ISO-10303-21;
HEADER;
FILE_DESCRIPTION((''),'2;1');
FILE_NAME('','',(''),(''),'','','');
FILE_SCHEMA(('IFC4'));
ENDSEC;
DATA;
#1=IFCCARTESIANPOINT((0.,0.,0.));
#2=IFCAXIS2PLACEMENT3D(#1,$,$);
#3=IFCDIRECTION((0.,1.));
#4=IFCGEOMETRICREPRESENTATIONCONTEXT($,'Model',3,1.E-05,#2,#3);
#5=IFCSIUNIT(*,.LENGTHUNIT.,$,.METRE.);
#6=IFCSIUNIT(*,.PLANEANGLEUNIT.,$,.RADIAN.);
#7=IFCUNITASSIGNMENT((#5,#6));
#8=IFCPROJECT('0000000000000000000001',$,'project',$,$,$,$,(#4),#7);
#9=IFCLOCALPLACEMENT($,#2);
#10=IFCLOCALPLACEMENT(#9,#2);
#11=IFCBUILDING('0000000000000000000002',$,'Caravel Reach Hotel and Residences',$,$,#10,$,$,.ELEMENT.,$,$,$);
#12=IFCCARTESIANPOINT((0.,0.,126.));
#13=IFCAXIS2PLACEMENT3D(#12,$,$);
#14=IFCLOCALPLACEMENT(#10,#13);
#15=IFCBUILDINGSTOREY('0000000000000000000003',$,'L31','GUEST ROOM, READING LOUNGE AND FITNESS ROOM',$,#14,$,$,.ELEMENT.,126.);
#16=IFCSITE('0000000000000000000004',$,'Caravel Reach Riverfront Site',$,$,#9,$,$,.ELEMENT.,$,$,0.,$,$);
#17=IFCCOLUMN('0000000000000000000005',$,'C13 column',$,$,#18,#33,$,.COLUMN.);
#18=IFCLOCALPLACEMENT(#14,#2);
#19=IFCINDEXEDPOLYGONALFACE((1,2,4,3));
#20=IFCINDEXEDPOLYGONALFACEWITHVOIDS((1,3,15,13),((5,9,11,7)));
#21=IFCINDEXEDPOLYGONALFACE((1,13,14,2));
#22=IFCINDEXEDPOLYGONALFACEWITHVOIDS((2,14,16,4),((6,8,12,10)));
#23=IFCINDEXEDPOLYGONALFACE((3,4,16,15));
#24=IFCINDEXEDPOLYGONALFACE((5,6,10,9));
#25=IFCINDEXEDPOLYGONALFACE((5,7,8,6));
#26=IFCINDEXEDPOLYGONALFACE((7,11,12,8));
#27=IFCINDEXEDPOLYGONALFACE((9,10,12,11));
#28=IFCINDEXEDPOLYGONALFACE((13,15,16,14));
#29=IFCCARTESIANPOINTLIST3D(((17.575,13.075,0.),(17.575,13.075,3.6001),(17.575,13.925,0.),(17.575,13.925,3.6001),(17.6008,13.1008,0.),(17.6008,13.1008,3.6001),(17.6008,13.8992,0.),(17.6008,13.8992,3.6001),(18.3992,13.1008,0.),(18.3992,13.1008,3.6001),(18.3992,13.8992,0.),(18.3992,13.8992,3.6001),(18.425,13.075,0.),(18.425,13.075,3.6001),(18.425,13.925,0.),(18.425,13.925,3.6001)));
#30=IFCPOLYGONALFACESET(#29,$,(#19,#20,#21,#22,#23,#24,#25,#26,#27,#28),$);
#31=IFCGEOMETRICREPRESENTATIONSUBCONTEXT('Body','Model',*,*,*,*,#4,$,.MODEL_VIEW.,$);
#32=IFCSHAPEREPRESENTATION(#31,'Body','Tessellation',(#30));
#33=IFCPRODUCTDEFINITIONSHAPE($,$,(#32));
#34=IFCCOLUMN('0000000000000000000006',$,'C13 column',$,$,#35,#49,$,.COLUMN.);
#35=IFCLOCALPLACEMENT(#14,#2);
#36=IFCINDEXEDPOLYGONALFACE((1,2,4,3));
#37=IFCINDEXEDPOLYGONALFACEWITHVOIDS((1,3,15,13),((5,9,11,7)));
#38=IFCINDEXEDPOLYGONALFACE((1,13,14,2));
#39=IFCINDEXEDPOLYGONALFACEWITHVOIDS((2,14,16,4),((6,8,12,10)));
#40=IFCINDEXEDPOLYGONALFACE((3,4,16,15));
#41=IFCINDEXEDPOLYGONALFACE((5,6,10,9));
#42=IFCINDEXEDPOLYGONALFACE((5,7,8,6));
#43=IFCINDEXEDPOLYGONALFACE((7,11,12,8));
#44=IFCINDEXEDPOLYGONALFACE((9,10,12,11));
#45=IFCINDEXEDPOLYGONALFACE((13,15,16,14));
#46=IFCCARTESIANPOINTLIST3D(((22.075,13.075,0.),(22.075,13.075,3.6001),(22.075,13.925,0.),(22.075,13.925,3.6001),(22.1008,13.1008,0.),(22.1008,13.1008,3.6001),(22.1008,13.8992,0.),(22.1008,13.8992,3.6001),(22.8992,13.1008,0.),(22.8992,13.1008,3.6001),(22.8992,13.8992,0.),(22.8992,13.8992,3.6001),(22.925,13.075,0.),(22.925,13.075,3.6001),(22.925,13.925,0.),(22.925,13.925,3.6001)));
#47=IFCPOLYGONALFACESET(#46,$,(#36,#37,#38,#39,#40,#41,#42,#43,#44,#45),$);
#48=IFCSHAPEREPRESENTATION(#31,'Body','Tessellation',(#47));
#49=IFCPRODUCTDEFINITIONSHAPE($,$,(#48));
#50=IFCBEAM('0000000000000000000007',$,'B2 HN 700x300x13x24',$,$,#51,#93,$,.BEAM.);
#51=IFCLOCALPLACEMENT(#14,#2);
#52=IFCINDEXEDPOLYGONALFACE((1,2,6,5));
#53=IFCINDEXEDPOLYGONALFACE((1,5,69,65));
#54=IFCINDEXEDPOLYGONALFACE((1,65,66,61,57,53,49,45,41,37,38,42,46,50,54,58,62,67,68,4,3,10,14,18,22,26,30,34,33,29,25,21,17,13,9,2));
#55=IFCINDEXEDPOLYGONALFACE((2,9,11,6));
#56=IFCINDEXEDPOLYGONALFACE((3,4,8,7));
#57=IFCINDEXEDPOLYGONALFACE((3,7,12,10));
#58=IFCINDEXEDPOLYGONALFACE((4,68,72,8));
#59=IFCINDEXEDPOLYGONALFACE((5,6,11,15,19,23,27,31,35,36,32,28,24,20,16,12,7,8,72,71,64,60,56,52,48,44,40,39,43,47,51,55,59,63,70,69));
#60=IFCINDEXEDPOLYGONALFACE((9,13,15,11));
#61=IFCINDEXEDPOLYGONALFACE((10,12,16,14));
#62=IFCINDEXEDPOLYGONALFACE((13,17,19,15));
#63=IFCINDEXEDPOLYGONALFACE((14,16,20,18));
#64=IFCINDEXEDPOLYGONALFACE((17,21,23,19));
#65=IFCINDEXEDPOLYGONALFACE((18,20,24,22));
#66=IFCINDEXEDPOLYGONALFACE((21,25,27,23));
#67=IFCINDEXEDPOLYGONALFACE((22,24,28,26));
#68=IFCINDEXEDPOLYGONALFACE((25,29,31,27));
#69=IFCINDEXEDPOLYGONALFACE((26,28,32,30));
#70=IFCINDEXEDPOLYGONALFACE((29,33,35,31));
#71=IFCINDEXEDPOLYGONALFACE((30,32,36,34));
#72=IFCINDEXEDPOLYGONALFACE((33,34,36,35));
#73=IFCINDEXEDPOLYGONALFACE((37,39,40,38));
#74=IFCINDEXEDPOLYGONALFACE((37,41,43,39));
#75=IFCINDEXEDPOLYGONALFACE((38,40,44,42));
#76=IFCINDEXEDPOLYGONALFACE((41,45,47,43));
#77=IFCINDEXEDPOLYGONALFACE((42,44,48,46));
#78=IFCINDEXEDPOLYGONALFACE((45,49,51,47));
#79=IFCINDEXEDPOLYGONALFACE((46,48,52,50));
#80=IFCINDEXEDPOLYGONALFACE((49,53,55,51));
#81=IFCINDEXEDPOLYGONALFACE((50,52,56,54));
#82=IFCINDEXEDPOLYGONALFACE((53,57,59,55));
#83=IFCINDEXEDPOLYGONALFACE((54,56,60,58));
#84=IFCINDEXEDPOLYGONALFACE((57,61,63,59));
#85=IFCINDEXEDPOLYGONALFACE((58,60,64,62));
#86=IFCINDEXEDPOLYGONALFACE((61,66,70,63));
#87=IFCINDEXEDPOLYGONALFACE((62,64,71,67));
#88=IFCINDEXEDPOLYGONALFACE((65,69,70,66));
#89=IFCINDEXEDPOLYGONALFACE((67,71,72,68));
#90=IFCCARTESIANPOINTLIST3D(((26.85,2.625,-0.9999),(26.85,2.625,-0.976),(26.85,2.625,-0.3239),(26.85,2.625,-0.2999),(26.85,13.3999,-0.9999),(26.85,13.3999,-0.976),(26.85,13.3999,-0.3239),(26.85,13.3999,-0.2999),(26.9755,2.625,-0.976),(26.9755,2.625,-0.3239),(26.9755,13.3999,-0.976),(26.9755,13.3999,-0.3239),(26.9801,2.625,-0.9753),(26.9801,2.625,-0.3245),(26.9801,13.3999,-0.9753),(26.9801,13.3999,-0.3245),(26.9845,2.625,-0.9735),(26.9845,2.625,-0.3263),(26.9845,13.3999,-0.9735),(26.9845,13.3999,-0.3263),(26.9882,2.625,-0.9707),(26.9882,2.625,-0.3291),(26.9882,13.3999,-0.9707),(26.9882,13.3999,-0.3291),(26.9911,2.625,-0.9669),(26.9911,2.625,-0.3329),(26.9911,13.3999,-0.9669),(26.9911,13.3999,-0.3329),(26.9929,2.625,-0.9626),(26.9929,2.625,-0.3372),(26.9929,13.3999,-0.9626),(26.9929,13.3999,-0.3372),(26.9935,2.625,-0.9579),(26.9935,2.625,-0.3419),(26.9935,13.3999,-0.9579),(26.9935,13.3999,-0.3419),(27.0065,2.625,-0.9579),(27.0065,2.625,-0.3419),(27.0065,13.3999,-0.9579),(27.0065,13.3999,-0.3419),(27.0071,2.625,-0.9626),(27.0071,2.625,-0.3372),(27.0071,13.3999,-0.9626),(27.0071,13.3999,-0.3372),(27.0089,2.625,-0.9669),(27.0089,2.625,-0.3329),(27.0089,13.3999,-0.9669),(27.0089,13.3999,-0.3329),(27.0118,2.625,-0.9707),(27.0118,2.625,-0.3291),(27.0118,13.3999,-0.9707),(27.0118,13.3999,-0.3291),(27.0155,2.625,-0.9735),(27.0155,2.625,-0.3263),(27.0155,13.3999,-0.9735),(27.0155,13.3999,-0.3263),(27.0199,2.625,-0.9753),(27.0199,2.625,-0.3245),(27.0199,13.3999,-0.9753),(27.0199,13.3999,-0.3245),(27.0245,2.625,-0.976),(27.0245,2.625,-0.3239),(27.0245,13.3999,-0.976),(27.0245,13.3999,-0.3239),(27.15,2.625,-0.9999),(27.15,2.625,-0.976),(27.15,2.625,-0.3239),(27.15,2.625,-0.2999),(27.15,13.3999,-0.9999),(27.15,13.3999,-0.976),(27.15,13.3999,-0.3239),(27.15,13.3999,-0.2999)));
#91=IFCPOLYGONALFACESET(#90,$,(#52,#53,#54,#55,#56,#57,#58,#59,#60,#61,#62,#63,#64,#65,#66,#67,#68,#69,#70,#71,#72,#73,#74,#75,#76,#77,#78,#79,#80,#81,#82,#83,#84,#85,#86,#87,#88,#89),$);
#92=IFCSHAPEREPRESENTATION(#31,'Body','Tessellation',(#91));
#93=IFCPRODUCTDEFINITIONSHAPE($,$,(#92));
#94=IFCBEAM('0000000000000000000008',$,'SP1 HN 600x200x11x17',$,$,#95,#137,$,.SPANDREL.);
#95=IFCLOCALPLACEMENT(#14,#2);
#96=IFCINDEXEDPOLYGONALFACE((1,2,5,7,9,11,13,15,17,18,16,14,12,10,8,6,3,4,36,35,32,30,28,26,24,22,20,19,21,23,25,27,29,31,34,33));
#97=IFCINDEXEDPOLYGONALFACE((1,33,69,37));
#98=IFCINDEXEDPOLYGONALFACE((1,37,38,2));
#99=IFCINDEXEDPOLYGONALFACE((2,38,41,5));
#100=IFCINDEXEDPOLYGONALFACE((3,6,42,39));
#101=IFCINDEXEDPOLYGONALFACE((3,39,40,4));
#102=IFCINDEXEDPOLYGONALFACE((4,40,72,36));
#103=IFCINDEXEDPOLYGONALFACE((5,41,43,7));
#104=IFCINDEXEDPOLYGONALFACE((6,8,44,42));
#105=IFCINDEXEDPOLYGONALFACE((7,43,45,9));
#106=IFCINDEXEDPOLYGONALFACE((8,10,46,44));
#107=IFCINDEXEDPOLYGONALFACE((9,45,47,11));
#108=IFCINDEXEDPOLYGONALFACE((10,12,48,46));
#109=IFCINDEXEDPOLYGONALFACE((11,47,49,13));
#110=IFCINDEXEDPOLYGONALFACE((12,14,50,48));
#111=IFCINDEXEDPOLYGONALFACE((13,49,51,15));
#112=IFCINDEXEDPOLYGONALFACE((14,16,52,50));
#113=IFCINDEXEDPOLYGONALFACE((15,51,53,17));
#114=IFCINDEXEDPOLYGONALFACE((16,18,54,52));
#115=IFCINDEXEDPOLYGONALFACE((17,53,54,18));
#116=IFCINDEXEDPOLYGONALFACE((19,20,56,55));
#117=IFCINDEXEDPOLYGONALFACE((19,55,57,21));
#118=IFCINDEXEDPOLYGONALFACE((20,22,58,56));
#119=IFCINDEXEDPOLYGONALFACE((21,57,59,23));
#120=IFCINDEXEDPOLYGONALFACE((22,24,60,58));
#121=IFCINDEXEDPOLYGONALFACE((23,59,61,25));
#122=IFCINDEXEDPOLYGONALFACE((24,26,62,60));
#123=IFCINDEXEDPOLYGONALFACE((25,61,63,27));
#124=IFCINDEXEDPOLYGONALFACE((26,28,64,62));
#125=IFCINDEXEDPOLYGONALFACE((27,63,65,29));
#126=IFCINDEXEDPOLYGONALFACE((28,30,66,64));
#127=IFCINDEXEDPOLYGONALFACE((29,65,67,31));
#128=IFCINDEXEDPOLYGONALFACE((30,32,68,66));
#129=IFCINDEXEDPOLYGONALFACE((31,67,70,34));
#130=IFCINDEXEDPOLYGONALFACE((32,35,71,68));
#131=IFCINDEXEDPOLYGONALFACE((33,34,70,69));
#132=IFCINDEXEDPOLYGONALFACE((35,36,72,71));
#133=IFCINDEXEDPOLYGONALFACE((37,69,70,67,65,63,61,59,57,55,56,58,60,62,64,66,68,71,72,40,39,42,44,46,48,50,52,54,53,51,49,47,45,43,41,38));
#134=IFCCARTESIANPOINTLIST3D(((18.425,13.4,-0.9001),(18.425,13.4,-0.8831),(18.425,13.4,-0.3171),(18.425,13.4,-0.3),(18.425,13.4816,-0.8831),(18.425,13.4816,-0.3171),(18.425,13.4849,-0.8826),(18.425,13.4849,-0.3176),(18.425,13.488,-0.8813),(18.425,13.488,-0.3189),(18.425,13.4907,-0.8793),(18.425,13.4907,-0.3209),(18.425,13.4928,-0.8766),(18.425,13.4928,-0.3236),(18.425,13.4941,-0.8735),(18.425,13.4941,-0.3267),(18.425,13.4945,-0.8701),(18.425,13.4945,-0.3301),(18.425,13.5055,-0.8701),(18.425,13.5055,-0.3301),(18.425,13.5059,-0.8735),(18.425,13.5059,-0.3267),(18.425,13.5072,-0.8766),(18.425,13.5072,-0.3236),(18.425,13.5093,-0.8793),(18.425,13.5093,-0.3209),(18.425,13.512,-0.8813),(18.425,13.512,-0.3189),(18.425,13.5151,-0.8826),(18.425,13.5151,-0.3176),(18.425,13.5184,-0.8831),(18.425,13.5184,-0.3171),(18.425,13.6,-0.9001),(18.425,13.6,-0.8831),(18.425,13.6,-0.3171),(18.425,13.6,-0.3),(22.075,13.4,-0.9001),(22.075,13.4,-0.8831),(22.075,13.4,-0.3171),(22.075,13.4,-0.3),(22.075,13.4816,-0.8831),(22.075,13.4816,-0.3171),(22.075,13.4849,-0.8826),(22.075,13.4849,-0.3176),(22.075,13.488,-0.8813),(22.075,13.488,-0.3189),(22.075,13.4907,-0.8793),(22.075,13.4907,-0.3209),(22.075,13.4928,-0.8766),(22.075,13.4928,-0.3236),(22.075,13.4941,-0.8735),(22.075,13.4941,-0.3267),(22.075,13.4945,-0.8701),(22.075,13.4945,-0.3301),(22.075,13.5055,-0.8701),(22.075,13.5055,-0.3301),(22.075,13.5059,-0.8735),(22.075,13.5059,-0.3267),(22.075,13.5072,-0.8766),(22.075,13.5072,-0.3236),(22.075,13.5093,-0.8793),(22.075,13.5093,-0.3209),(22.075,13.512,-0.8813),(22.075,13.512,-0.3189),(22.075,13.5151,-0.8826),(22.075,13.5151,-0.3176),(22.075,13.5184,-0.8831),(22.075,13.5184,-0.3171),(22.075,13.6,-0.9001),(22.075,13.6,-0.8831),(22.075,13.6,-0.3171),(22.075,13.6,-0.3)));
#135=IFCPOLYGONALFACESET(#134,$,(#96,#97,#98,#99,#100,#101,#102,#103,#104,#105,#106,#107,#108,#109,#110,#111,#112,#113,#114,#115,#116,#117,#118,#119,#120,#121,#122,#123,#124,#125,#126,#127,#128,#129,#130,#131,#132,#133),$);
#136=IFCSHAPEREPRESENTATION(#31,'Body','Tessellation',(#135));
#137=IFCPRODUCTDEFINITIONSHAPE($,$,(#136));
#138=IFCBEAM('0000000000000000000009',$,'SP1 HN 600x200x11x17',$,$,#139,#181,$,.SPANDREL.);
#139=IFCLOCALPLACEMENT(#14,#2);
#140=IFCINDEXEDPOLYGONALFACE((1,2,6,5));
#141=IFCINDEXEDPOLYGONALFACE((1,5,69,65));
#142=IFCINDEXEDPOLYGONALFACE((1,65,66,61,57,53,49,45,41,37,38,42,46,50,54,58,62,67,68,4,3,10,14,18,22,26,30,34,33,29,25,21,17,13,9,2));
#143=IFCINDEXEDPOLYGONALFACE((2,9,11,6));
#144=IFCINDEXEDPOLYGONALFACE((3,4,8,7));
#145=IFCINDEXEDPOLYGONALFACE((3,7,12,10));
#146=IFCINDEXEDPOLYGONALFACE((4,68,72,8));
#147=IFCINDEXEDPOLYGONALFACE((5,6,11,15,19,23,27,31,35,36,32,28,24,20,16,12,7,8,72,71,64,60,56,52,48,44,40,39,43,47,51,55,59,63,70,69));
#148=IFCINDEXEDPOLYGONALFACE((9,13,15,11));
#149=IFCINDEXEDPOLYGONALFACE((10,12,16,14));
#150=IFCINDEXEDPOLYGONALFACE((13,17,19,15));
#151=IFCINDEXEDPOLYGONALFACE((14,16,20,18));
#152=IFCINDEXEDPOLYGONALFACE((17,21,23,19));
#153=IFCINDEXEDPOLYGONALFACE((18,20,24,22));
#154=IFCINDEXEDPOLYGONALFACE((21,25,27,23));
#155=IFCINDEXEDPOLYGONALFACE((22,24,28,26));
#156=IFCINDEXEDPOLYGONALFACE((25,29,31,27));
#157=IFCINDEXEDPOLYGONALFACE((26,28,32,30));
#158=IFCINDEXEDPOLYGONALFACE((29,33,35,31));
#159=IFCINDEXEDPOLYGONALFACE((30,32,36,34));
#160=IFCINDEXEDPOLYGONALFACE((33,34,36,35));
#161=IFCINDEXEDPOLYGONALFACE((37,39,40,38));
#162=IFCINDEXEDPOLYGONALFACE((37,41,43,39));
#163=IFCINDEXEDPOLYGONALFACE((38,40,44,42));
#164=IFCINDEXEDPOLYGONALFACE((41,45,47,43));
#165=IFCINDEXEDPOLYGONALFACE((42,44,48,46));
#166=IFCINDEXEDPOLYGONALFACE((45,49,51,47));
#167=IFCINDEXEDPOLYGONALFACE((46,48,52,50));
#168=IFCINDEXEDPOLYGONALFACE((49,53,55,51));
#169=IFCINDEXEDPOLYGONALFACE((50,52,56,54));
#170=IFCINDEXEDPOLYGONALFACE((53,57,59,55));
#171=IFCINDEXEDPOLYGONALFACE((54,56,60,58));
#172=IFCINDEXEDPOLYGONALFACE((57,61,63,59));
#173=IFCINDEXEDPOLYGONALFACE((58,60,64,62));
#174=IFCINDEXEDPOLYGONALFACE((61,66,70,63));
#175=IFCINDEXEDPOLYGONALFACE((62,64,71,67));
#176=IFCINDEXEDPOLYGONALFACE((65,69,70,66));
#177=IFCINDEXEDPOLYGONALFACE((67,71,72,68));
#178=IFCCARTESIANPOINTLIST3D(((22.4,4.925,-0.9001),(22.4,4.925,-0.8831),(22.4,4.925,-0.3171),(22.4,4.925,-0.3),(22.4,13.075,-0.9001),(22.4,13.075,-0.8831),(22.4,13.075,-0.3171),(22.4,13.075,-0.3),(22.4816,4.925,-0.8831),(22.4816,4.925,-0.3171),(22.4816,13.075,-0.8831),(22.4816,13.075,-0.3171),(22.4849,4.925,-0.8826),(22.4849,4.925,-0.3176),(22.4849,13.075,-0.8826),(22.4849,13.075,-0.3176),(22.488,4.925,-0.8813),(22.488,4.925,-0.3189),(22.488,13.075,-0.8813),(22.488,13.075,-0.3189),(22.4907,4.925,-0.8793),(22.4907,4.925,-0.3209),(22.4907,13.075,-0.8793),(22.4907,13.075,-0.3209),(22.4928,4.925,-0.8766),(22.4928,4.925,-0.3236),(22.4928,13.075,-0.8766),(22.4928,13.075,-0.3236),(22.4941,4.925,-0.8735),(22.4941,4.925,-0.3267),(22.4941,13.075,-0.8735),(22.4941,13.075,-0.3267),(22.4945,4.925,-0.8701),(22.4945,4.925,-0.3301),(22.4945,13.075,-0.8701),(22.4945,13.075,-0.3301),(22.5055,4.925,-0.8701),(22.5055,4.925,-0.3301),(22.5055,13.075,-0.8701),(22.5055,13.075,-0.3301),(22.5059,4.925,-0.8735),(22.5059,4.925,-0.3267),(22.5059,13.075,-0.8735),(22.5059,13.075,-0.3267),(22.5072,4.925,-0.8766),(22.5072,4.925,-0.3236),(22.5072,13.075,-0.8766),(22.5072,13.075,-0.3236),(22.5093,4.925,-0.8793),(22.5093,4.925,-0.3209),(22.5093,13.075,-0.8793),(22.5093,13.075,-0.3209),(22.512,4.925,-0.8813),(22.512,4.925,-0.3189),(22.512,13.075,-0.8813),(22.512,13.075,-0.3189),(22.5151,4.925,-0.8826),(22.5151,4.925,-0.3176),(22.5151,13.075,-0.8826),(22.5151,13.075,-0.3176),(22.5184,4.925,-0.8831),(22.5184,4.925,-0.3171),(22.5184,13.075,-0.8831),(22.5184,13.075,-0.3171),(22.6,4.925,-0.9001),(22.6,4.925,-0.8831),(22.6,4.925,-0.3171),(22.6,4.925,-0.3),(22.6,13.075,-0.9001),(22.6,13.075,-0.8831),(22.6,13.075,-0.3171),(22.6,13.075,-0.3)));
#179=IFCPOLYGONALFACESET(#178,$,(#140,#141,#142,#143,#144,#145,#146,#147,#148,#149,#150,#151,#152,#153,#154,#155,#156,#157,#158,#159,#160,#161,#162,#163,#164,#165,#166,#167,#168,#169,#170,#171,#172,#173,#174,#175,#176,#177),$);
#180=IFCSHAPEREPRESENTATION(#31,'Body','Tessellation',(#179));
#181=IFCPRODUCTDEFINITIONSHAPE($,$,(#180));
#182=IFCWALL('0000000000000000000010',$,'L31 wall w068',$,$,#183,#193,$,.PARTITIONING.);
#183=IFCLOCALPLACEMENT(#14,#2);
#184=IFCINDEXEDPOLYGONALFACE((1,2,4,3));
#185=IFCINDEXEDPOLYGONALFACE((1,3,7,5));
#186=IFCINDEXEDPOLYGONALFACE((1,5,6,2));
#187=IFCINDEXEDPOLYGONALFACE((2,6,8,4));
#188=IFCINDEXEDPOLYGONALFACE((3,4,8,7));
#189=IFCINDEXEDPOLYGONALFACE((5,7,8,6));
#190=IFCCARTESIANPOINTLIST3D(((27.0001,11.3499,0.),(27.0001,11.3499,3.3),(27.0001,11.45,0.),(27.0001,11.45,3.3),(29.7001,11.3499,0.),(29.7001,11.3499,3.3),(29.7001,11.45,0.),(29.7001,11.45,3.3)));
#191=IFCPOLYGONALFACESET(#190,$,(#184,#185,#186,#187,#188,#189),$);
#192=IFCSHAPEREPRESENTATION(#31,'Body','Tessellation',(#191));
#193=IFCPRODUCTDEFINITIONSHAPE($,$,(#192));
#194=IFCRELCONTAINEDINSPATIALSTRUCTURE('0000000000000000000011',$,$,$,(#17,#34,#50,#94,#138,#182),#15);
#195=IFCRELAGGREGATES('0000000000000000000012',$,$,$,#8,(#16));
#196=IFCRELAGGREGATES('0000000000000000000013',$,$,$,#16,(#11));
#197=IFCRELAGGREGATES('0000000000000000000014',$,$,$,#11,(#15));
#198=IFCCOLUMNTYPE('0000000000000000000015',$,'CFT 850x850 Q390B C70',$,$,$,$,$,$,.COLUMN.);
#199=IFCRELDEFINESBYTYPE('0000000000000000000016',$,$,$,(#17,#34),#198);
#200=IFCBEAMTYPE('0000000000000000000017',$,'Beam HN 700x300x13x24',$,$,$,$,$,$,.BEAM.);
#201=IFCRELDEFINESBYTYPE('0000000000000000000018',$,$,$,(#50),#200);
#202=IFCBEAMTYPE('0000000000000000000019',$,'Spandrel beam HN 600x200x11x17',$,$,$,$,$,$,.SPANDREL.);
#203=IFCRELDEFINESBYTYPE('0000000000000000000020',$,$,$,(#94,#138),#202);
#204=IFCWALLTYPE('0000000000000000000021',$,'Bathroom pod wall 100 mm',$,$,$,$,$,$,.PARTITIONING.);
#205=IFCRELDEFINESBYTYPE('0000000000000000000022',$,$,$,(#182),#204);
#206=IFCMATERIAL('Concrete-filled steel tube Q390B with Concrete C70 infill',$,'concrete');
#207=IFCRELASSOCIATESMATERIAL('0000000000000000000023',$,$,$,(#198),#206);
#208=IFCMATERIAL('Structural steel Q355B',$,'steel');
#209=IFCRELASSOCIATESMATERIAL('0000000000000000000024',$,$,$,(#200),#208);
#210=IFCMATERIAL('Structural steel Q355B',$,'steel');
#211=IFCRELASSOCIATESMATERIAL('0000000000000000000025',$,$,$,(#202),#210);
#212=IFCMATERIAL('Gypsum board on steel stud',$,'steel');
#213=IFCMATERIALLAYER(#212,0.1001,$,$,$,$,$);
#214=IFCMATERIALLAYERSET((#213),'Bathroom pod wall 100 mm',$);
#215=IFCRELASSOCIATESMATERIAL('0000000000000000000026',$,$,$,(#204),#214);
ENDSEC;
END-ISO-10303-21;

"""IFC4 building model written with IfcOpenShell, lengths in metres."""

from ifc_helpers import new_model, si_unit, direction, frame, frame_2d, origin, origin_2d, place, context, subcontext, project, spatial, rectangle, hollow_rectangle, i_section, extrude, material, layer, layer_set, material_profile, profile_set, type_object, element, save


model = new_model("IFC4")

# Units and contexts
model_context = context("Model", 3, precision=1e-05, world=origin(), true_north=direction((0.0, 1.0)))
body_context = subcontext(model_context, "Body", "Model", "MODEL_VIEW")
ifc_project = project(units=[si_unit("LENGTHUNIT", "METRE"), si_unit("PLANEANGLEUNIT", "RADIAN")], contexts=[model_context])

# Site, building, storey
site_placement = place(None, origin())
site = spatial("IfcSite", under=ifc_project, at=site_placement, Name="Caravel Reach Riverfront Site", CompositionType="ELEMENT", RefElevation=0.0)
building_placement = place(site_placement, origin())
building = spatial("IfcBuilding", under=site, at=building_placement, Name="Caravel Reach Hotel and Residences", CompositionType="ELEMENT")
storey_placement = place(building_placement, frame((0.0, 0.0, 126.0)))
storey = spatial("IfcBuildingStorey", under=building, at=storey_placement, Name="L31", Description="GUEST ROOM, READING LOUNGE AND FITNESS ROOM", CompositionType="ELEMENT", Elevation=126.0)

# Columns
ifc_material_1 = material(Name="Concrete-filled steel tube Q390B with Concrete C70 infill", Category="concrete")
ifc_material_profile_1 = material_profile(ifc_material_1, hollow_rectangle(XDim=0.8501, YDim=0.8501, WallThickness=0.0259, at=origin_2d()), Name="RHS 850x850x26")
ifc_profile_set_1 = profile_set([ifc_material_profile_1], Name="Concrete-filled steel tube Q390B with Concrete C70 infill")
column_type = type_object("IfcColumnType", Name="CFT 850x850 Q390B C70", PredefinedType="COLUMN", material=ifc_profile_set_1)
for number, where, z_axis, x_axis, name in (
    (1, (18.0, 13.5, 0.0), (0.0, 0.0, 1.0), (1.0, 0.0, 0.0), "C13 column"),
    (2, (22.5, 13.5, 0.0), (0.0, 0.0, 1.0), (1.0, 0.0, 0.0), "C13 column"),
):
    element("IfcColumn", number, at=place(storey_placement, frame(where, z_axis=z_axis, x_axis=x_axis)), inside=storey, type_object=column_type, Name=name, PredefinedType="COLUMN", context=body_context, shape_type="SweptSolid", body=[
        extrude(hollow_rectangle(XDim=0.8501, YDim=0.8501, WallThickness=0.0259, at=origin_2d()), origin(), (0.0, 0.0, 1.0), 3.6001),
    ])

# Beams
ifc_material_2 = material(Name="Structural steel Q355B", Category="steel")
ifc_material_profile_2 = material_profile(ifc_material_2, i_section(OverallWidth=0.3, OverallDepth=0.7, WebThickness=0.0129, FlangeThickness=0.0239, FilletRadius=0.0181, at=origin_2d()), Name="HN 700x300x13x24")
ifc_profile_set_2 = profile_set([ifc_material_profile_2], Name="Structural steel Q355B")
beam_type_1 = type_object("IfcBeamType", Name="Beam HN 700x300x13x24", PredefinedType="BEAM", material=ifc_profile_set_2)
beam_1_placement = place(storey_placement, frame((27.0, 13.3999, -0.6499), z_axis=(0.0, -1.0, 0.0), x_axis=(1.0, 0.0, 0.0)))
element("IfcBeam", 3, at=beam_1_placement, inside=storey, type_object=beam_type_1, Name="B2 HN 700x300x13x24", PredefinedType="BEAM", context=body_context, shape_type="SweptSolid", body=[
    extrude(i_section(OverallWidth=0.3, OverallDepth=0.7, WebThickness=0.0129, FlangeThickness=0.0239, FilletRadius=0.0181, at=origin_2d()), origin(), (0.0, 0.0, 1.0), 10.7749),
])
ifc_material_3 = material(Name="Structural steel Q355B", Category="steel")
ifc_material_profile_3 = material_profile(ifc_material_3, i_section(OverallWidth=0.2, OverallDepth=0.6001, WebThickness=0.011, FlangeThickness=0.0171, FilletRadius=0.0129, at=origin_2d()), Name="HN 600x200x11x17")
ifc_profile_set_3 = profile_set([ifc_material_profile_3], Name="Structural steel Q355B")
beam_type_2 = type_object("IfcBeamType", Name="Spandrel beam HN 600x200x11x17", PredefinedType="SPANDREL", material=ifc_profile_set_3)
beam_2_placement = place(storey_placement, frame((18.425, 13.5, -0.6001), z_axis=(1.0, 0.0, 0.0), x_axis=(0.0, 1.0, 0.0)))
element("IfcBeam", 4, at=beam_2_placement, inside=storey, type_object=beam_type_2, Name="SP1 HN 600x200x11x17", PredefinedType="SPANDREL", context=body_context, shape_type="SweptSolid", body=[
    extrude(i_section(OverallWidth=0.2, OverallDepth=0.6001, WebThickness=0.011, FlangeThickness=0.0171, FilletRadius=0.0129, at=origin_2d()), origin(), (0.0, 0.0, 1.0), 3.6499),
])
beam_3_placement = place(storey_placement, frame((22.5, 13.075, -0.6001), z_axis=(0.0, -1.0, 0.0), x_axis=(1.0, 0.0, 0.0)))
element("IfcBeam", 5, at=beam_3_placement, inside=storey, type_object=beam_type_2, Name="SP1 HN 600x200x11x17", PredefinedType="SPANDREL", context=body_context, shape_type="SweptSolid", body=[
    extrude(i_section(OverallWidth=0.2, OverallDepth=0.6001, WebThickness=0.011, FlangeThickness=0.0171, FilletRadius=0.0129, at=origin_2d()), origin(), (0.0, 0.0, 1.0), 8.1499),
])

# Wall
ifc_material_4 = material(Name="Gypsum board on steel stud", Category="steel")
ifc_layer_1 = layer(ifc_material_4, 0.1001)
ifc_layer_set_1 = layer_set([ifc_layer_1], Name="Bathroom pod wall 100 mm")
wall_type_1 = type_object("IfcWallType", Name="Bathroom pod wall 100 mm", PredefinedType="PARTITIONING", material=ifc_layer_set_1)
wall_1_placement = place(storey_placement, frame((27.0, 11.3999, 0.0), z_axis=(0.0, 0.0, 1.0), x_axis=(1.0, 0.0, 0.0)))
element("IfcWall", 6, at=wall_1_placement, inside=storey, type_object=wall_type_1, Name="L31 wall w068", PredefinedType="PARTITIONING", context=body_context, shape_type="SweptSolid", body=[
    extrude(rectangle(XDim=2.7, YDim=0.1001, at=frame_2d((1.3501, 0.0))), origin(), (0.0, 0.0, 1.0), 3.3),
])

save(model, "model.ifc")
